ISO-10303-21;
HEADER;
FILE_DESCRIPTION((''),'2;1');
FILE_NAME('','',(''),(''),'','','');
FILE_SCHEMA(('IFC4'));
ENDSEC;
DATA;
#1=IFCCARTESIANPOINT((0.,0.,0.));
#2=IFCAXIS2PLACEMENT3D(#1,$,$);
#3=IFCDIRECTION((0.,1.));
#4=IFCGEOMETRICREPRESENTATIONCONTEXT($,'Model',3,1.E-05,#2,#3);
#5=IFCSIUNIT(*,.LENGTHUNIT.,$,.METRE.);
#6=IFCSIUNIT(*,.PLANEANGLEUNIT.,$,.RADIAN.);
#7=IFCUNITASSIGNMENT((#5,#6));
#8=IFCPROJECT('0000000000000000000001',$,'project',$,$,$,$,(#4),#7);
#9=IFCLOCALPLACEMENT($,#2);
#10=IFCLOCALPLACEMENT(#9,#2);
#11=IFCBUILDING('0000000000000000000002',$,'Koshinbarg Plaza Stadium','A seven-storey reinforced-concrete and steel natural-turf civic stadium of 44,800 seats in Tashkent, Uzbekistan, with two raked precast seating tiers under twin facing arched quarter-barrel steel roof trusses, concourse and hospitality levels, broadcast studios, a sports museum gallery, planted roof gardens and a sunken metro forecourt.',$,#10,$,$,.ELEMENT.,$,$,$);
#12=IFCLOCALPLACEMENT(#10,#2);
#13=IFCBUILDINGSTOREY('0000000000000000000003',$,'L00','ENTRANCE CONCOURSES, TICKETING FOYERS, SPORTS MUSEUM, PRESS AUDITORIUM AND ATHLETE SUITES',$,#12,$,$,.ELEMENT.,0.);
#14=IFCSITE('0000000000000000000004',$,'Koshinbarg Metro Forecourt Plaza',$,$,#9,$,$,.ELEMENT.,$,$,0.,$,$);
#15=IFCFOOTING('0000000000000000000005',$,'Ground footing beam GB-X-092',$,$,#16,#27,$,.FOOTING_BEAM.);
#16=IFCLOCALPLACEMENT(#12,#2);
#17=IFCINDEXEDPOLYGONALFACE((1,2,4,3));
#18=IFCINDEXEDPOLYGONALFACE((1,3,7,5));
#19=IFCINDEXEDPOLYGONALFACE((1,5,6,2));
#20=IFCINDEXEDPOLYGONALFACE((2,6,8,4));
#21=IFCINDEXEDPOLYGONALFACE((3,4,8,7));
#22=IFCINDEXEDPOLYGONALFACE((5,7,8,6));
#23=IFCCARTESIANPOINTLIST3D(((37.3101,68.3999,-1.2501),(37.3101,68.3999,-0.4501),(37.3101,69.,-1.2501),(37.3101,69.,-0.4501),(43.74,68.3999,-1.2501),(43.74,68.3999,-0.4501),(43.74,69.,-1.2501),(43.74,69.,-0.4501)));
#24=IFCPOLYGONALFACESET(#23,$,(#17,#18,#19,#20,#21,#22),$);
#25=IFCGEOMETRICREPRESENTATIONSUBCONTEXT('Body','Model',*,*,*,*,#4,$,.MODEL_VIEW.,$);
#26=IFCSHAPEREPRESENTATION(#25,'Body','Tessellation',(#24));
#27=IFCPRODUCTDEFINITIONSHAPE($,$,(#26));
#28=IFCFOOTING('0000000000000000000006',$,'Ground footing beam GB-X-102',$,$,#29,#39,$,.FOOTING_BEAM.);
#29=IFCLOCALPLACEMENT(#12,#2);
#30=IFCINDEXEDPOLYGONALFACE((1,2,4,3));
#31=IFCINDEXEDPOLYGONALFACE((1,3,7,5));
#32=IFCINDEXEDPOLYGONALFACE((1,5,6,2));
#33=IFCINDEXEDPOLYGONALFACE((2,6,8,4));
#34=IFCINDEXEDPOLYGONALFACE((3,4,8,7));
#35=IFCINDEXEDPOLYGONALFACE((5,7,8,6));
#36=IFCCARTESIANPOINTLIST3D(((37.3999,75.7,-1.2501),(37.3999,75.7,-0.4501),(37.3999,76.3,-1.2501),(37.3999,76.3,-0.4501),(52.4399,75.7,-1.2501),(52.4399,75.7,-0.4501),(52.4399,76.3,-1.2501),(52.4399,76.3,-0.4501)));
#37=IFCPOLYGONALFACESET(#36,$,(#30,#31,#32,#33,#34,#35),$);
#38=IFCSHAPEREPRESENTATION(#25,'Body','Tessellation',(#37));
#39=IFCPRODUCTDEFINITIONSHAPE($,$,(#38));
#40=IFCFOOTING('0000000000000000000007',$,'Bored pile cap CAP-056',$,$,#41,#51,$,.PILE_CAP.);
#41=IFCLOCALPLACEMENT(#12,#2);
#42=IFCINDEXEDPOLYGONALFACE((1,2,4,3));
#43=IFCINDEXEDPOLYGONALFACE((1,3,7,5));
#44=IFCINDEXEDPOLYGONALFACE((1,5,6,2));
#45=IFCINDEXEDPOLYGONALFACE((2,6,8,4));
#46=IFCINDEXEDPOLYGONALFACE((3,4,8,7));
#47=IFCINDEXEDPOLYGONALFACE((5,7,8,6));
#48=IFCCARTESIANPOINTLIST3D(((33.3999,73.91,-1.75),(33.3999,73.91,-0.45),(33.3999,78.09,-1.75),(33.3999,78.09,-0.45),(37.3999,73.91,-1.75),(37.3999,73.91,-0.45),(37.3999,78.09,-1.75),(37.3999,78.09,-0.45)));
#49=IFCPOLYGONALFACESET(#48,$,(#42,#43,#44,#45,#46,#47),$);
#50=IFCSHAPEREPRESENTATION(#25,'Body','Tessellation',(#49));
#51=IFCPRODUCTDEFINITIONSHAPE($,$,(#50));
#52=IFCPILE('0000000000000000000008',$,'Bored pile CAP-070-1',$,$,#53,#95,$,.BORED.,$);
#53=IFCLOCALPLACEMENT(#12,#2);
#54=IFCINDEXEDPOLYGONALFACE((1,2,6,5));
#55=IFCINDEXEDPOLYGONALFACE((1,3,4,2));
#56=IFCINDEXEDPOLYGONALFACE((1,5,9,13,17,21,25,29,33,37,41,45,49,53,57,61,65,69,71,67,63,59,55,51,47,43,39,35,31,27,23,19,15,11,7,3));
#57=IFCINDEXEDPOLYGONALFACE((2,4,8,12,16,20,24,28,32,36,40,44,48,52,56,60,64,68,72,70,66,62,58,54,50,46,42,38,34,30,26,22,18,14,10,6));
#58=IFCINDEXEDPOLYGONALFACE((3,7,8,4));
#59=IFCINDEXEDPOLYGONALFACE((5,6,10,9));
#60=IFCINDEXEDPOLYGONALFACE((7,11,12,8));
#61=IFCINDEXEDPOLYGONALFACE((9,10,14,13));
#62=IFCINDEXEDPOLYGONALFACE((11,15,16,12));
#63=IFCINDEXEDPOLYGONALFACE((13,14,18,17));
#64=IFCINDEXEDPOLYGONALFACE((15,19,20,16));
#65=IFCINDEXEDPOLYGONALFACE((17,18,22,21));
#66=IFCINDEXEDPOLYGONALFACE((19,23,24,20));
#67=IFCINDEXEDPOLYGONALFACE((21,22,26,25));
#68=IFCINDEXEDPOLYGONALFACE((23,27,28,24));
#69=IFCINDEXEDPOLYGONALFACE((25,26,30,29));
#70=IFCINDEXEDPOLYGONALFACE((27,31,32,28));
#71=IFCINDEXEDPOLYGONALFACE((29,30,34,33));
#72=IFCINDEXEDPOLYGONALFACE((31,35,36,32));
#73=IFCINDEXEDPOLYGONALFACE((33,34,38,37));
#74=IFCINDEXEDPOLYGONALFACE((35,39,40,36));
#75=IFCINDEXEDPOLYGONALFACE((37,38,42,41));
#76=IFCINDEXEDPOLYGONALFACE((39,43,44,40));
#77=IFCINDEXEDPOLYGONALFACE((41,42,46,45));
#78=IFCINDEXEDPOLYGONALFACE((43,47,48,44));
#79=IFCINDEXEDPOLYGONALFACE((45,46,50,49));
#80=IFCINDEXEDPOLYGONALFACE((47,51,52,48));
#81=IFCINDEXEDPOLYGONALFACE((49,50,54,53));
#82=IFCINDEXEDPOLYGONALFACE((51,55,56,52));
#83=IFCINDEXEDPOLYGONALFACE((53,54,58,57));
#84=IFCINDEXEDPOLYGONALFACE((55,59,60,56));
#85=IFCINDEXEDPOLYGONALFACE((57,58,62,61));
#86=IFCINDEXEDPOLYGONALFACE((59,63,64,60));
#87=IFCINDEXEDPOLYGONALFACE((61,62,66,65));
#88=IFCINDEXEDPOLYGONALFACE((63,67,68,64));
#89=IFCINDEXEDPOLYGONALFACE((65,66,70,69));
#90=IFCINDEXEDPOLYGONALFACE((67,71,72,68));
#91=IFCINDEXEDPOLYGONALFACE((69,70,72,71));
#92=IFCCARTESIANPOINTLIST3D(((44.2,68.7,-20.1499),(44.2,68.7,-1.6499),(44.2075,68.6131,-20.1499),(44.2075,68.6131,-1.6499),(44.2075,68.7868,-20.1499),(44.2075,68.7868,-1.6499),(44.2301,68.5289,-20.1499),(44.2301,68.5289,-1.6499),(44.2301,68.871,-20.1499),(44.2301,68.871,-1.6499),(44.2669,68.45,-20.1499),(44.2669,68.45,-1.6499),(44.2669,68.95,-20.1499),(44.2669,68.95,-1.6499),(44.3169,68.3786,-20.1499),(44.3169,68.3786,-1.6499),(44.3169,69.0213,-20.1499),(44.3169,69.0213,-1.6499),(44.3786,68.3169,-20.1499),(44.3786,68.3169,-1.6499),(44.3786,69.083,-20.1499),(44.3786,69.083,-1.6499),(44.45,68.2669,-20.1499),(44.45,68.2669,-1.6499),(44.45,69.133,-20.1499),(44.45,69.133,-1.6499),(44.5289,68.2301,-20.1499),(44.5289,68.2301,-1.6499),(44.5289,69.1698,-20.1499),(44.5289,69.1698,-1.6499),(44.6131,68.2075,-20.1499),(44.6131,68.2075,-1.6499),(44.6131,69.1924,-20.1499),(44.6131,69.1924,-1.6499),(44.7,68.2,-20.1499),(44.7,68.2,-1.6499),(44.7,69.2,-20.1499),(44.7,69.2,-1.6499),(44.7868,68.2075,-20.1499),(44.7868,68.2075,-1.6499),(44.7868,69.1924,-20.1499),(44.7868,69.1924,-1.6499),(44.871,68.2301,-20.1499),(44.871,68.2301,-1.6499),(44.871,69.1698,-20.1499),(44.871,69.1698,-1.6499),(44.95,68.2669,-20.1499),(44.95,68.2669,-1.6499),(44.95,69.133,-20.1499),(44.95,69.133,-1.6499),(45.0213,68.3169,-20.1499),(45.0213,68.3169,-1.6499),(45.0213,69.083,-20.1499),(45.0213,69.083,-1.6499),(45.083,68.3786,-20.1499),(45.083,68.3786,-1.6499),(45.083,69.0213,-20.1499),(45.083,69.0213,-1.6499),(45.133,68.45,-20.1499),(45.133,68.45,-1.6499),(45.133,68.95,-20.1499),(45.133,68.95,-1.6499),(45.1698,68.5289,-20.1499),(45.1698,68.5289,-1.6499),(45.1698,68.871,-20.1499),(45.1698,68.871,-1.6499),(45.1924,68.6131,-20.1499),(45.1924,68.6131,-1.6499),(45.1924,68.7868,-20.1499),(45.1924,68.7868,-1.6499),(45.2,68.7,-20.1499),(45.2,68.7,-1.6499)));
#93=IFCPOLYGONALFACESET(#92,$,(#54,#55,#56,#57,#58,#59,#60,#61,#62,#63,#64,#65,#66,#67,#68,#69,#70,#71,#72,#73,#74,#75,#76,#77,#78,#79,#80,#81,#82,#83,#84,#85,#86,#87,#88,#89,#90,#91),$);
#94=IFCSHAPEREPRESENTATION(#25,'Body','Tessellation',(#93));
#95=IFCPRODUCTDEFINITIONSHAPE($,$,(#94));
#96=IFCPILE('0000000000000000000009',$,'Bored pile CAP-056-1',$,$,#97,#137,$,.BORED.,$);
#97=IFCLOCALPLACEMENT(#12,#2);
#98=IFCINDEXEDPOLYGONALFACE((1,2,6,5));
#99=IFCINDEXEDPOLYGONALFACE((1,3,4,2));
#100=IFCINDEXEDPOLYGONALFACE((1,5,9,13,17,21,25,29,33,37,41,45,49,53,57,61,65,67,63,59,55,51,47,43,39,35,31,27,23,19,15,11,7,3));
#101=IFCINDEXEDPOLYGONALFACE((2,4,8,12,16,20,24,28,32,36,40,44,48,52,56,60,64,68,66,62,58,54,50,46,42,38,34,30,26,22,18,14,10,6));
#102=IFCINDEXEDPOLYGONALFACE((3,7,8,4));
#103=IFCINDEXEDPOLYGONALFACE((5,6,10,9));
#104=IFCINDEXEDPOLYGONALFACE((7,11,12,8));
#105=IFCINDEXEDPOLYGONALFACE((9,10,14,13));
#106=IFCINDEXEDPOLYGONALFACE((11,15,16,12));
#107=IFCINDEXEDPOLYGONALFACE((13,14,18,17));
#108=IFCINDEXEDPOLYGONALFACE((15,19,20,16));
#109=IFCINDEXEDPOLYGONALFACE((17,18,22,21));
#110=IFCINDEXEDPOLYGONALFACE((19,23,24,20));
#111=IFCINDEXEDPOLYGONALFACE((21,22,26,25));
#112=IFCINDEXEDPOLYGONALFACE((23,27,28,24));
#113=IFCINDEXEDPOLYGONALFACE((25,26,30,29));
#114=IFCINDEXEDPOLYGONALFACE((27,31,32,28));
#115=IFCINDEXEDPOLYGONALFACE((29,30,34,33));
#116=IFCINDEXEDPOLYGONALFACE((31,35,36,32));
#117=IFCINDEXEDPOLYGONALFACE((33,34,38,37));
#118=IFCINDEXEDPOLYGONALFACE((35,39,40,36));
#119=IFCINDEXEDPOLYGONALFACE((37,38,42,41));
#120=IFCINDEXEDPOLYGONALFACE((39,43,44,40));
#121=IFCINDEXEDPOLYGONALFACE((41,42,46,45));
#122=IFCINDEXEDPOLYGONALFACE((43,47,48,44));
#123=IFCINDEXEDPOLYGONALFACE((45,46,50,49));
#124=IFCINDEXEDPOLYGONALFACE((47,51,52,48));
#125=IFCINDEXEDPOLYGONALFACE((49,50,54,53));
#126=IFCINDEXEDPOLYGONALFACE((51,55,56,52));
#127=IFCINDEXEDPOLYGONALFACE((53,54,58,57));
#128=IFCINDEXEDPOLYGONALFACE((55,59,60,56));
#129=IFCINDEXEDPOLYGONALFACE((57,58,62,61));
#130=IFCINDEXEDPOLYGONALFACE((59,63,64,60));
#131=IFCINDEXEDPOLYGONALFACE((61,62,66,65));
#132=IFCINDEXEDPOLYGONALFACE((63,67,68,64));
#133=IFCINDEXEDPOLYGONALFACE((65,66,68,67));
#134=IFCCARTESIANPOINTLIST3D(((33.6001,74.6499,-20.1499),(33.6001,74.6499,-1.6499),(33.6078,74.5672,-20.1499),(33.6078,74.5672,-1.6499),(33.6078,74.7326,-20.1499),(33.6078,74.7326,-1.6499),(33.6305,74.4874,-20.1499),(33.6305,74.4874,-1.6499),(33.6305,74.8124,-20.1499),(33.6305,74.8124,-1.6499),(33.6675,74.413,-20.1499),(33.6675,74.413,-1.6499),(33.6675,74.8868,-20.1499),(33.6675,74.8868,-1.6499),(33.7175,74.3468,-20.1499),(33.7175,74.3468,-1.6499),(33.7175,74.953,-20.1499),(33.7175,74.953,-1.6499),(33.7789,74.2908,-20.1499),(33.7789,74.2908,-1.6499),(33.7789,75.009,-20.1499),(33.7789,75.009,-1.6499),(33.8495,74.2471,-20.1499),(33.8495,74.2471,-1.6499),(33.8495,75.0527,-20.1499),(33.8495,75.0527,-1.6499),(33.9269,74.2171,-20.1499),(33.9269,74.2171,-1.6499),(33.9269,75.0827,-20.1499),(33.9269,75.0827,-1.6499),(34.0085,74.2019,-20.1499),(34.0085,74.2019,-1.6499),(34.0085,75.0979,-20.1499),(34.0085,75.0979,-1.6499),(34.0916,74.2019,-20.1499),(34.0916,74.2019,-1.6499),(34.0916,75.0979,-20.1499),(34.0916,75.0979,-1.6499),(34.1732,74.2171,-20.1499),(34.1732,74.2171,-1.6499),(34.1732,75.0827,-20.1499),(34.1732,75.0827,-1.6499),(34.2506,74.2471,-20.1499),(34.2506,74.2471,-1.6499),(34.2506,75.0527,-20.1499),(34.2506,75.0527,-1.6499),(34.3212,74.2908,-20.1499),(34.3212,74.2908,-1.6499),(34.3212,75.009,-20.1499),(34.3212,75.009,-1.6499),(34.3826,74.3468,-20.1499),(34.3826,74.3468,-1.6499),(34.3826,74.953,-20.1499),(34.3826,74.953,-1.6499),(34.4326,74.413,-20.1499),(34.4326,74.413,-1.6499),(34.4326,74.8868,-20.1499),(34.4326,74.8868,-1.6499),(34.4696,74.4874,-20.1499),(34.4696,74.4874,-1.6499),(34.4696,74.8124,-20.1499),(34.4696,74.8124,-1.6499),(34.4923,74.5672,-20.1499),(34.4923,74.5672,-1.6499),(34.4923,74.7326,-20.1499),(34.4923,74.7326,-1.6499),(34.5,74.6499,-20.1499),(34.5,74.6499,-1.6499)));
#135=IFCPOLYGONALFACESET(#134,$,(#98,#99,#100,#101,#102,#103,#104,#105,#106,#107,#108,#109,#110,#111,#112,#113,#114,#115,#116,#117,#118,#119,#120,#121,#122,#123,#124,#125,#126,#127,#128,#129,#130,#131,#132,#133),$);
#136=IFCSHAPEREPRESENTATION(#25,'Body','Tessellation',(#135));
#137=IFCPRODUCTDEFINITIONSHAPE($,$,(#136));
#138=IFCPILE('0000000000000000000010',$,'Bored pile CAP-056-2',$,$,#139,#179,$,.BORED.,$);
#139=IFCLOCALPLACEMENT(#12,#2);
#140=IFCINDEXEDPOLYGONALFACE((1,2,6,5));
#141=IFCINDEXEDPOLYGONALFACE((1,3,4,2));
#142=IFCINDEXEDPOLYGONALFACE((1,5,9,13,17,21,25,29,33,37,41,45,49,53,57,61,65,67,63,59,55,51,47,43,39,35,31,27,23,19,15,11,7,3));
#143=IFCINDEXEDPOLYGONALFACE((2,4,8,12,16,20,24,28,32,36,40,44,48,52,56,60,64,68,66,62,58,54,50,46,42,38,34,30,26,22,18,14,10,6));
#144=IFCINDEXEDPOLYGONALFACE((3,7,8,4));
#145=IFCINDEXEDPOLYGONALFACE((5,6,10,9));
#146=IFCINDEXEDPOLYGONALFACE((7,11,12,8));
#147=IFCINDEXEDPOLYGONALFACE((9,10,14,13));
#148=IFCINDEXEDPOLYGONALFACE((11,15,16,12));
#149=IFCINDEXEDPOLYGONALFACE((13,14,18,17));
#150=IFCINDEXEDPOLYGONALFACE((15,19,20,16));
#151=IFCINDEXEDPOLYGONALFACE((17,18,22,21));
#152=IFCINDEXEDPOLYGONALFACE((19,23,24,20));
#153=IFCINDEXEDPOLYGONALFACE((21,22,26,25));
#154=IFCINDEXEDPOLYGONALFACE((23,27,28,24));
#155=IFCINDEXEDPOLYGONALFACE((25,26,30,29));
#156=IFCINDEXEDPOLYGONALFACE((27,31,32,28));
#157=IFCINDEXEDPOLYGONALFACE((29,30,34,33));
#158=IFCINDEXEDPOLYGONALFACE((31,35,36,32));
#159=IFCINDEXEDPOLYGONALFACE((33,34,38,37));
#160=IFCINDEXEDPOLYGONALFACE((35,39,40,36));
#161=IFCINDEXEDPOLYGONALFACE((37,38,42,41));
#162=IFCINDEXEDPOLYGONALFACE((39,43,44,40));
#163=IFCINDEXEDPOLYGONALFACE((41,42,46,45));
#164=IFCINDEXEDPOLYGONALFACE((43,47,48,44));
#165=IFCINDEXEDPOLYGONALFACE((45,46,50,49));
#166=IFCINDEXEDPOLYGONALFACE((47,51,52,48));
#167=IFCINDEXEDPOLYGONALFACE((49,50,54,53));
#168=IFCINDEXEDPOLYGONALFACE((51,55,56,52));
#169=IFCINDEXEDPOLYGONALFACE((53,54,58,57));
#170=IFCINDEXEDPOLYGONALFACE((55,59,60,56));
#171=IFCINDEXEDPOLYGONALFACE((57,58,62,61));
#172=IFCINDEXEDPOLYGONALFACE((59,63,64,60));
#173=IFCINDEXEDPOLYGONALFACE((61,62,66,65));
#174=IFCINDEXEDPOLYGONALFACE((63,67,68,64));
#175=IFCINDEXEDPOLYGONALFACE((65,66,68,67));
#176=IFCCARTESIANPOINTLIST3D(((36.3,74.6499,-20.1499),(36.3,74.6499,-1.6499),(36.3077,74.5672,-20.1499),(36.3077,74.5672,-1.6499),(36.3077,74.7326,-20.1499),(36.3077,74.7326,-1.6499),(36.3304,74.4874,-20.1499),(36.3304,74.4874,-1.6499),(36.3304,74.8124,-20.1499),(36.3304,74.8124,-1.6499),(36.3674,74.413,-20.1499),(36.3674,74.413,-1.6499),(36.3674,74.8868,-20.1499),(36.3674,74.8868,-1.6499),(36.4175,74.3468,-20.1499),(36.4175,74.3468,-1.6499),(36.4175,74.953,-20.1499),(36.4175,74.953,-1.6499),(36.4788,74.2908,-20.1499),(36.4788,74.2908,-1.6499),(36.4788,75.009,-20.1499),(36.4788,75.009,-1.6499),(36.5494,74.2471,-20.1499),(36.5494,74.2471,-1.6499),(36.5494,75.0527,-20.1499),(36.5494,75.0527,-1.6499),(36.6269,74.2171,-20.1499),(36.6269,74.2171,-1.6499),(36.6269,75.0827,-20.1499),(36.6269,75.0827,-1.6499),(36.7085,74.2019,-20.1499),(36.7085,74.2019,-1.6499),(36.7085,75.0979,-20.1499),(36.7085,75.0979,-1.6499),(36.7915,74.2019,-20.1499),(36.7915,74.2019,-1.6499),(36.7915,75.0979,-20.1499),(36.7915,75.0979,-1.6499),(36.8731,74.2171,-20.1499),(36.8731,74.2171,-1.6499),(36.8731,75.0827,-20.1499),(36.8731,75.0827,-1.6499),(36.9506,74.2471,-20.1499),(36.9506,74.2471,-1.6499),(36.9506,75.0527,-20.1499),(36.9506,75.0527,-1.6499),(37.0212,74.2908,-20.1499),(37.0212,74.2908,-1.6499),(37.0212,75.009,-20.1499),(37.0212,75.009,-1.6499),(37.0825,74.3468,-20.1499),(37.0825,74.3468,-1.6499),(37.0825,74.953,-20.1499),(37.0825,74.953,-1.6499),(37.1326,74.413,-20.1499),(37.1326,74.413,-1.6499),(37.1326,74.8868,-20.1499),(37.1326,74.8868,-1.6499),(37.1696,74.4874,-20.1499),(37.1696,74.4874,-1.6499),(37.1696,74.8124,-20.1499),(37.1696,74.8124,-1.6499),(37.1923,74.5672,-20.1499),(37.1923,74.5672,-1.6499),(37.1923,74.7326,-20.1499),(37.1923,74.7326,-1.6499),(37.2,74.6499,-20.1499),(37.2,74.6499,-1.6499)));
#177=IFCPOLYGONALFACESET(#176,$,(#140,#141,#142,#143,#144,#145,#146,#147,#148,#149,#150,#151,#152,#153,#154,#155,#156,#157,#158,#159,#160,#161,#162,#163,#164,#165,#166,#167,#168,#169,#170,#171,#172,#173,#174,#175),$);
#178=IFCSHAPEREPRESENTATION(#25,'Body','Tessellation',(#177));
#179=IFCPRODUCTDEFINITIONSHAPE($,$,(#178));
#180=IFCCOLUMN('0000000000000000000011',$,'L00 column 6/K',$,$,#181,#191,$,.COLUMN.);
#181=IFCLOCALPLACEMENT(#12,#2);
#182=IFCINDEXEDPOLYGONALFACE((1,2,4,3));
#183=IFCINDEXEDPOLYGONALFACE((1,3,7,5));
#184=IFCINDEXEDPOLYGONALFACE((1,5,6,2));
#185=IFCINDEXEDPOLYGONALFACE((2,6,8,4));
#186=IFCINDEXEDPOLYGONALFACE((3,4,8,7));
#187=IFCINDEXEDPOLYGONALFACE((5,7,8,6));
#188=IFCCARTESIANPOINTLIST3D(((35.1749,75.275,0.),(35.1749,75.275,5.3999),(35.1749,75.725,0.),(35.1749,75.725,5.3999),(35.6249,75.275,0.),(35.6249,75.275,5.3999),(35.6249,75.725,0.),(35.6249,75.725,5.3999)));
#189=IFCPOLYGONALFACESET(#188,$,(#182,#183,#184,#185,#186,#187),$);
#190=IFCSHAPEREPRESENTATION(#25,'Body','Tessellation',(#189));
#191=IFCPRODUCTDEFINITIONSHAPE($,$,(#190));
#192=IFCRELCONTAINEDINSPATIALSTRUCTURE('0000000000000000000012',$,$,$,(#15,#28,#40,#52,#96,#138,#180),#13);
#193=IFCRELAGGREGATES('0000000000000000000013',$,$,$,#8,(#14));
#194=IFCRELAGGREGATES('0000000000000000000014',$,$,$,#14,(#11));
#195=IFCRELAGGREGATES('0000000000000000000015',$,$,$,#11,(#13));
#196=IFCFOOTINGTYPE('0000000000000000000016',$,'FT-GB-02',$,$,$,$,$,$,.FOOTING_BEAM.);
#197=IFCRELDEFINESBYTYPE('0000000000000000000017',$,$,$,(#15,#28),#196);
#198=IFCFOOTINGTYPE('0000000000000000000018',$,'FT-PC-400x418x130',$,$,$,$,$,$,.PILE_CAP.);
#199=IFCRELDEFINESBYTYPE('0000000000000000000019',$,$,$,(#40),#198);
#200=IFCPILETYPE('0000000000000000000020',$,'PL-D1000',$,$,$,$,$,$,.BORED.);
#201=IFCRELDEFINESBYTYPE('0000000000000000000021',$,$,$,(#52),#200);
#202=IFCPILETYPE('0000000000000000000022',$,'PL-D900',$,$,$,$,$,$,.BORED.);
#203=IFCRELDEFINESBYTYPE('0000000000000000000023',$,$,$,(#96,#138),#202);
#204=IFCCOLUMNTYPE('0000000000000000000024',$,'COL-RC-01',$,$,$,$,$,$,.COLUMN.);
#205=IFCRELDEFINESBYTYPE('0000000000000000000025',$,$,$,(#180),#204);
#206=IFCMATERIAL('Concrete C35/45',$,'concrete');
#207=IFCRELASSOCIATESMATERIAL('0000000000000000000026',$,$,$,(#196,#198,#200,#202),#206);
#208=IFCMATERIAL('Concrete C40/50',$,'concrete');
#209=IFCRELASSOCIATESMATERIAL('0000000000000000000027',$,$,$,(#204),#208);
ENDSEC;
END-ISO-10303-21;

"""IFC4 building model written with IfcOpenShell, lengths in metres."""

from ifc_helpers import new_model, si_unit, direction, frame, origin, origin_2d, place, context, subcontext, project, spatial, rectangle, circle, extrude, material, material_profile, profile_set, type_object, element, save


model = new_model("IFC4")

# Units and contexts
model_context = context("Model", 3, precision=1e-05, world=origin(), true_north=direction((0.0, 1.0)))
body_context = subcontext(model_context, "Body", "Model", "MODEL_VIEW")
ifc_project = project(units=[si_unit("LENGTHUNIT", "METRE"), si_unit("PLANEANGLEUNIT", "RADIAN")], contexts=[model_context])

# Site, building, storey
site_placement = place(None, origin())
site = spatial("IfcSite", under=ifc_project, at=site_placement, Name="Koshinbarg Metro Forecourt Plaza", CompositionType="ELEMENT", RefElevation=0.0)
building_placement = place(site_placement, origin())
building = spatial("IfcBuilding", under=site, at=building_placement, Name="Koshinbarg Plaza Stadium", Description="A seven-storey reinforced-concrete and steel natural-turf civic stadium of 44,800 seats in Tashkent, Uzbekistan, with two raked precast seating tiers under twin facing arched quarter-barrel steel roof trusses, concourse and hospitality levels, broadcast studios, a sports museum gallery, planted roof gardens and a sunken metro forecourt.", CompositionType="ELEMENT")
storey_placement = place(building_placement, origin())
storey = spatial("IfcBuildingStorey", under=building, at=storey_placement, Name="L00", Description="ENTRANCE CONCOURSES, TICKETING FOYERS, SPORTS MUSEUM, PRESS AUDITORIUM AND ATHLETE SUITES", CompositionType="ELEMENT", Elevation=0.0)

# Footings
ifc_material_1 = material(Name="Concrete C35/45", Category="concrete")
ifc_material_profile_1 = material_profile(ifc_material_1, rectangle(XDim=0.6001, YDim=0.8, at=origin_2d()), Name="GB 600x800")
ifc_profile_set_1 = profile_set([ifc_material_profile_1], Name="Concrete C35/45")
footing_type_1 = type_object("IfcFootingType", Name="FT-GB-02", PredefinedType="FOOTING_BEAM", material=ifc_profile_set_1)
footing_1_placement = place(storey_placement, frame((37.3101, 68.7, -0.8501), z_axis=(1.0, 0.0, 0.0), x_axis=(0.0, 1.0, 0.0)))
element("IfcFooting", 1, at=footing_1_placement, inside=storey, type_object=footing_type_1, Name="Ground footing beam GB-X-092", PredefinedType="FOOTING_BEAM", context=body_context, shape_type="SweptSolid", body=[
    extrude(rectangle(XDim=0.6001, YDim=0.8, at=origin_2d()), origin(), (0.0, 0.0, 1.0), 6.4299),
])
footing_2_placement = place(storey_placement, frame((37.3999, 76.0, -0.8501), z_axis=(1.0, 0.0, 0.0), x_axis=(0.0, 1.0, 0.0)))
element("IfcFooting", 2, at=footing_2_placement, inside=storey, type_object=footing_type_1, Name="Ground footing beam GB-X-102", PredefinedType="FOOTING_BEAM", context=body_context, shape_type="SweptSolid", body=[
    extrude(rectangle(XDim=0.6001, YDim=0.8, at=origin_2d()), origin(), (0.0, 0.0, 1.0), 15.04),
])
footing_type_2 = type_object("IfcFootingType", Name="FT-PC-400x418x130", PredefinedType="PILE_CAP", material=ifc_material_1)
footing_3_placement = place(storey_placement, frame((35.3999, 76.0, -1.75), z_axis=(0.0, 0.0, 1.0), x_axis=(1.0, 0.0, 0.0)))
element("IfcFooting", 3, at=footing_3_placement, inside=storey, type_object=footing_type_2, Name="Bored pile cap CAP-056", PredefinedType="PILE_CAP", context=body_context, shape_type="SweptSolid", body=[
    extrude(rectangle(XDim=4.0, YDim=4.1799, at=origin_2d()), origin(), (0.0, 0.0, 1.0), 1.3),
])

# Piles
ifc_material_profile_2 = material_profile(ifc_material_1, circle(Radius=0.5, at=origin_2d()), Name="PILE D1000")
ifc_profile_set_2 = profile_set([ifc_material_profile_2], Name="Concrete C35/45")
pile_type_1 = type_object("IfcPileType", Name="PL-D1000", PredefinedType="BORED", material=ifc_profile_set_2)
pile_placement = place(storey_placement, frame((44.7, 68.7, -1.6499), z_axis=(0.0, 0.0, -1.0), x_axis=(1.0, 0.0, 0.0)))
element("IfcPile", 4, at=pile_placement, inside=storey, type_object=pile_type_1, Name="Bored pile CAP-070-1", PredefinedType="BORED", context=body_context, shape_type="SweptSolid", body=[
    extrude(circle(Radius=0.5, at=origin_2d()), origin(), (0.0, 0.0, 1.0), 18.5),
])
ifc_material_profile_3 = material_profile(ifc_material_1, circle(Radius=0.45, at=origin_2d()), Name="PILE D900")
ifc_profile_set_3 = profile_set([ifc_material_profile_3], Name="Concrete C35/45")
pile_type_2 = type_object("IfcPileType", Name="PL-D900", PredefinedType="BORED", material=ifc_profile_set_3)
for number, where, z_axis, x_axis, name in (
    (5, (34.05, 74.6499, -1.6499), (0.0, 0.0, -1.0), (1.0, 0.0, 0.0), "Bored pile CAP-056-1"),
    (6, (36.75, 74.6499, -1.6499), (0.0, 0.0, -1.0), (1.0, 0.0, 0.0), "Bored pile CAP-056-2"),
):
    element("IfcPile", number, at=place(storey_placement, frame(where, z_axis=z_axis, x_axis=x_axis)), inside=storey, type_object=pile_type_2, Name=name, PredefinedType="BORED", context=body_context, shape_type="SweptSolid", body=[
        extrude(circle(Radius=0.45, at=origin_2d()), origin(), (0.0, 0.0, 1.0), 18.5),
    ])

# Column
ifc_material_2 = material(Name="Concrete C40/50", Category="concrete")
ifc_material_profile_4 = material_profile(ifc_material_2, rectangle(XDim=0.45, YDim=0.45, at=origin_2d()), Name="RC 450x450")
ifc_profile_set_4 = profile_set([ifc_material_profile_4], Name="Concrete C40/50")
column_type = type_object("IfcColumnType", Name="COL-RC-01", PredefinedType="COLUMN", material=ifc_profile_set_4)
for number, where, z_axis, x_axis, name in (
    (7, (35.3999, 75.5, 0.0), (0.0, 0.0, 1.0), (1.0, 0.0, 0.0), "L00 column 6/K"),
):
    element("IfcColumn", number, at=place(storey_placement, frame(where, z_axis=z_axis, x_axis=x_axis)), inside=storey, type_object=column_type, Name=name, PredefinedType="COLUMN", context=body_context, shape_type="SweptSolid", body=[
        extrude(rectangle(XDim=0.45, YDim=0.45, at=origin_2d()), origin(), (0.0, 0.0, 1.0), 5.3999),
    ])

save(model, "model.ifc")
